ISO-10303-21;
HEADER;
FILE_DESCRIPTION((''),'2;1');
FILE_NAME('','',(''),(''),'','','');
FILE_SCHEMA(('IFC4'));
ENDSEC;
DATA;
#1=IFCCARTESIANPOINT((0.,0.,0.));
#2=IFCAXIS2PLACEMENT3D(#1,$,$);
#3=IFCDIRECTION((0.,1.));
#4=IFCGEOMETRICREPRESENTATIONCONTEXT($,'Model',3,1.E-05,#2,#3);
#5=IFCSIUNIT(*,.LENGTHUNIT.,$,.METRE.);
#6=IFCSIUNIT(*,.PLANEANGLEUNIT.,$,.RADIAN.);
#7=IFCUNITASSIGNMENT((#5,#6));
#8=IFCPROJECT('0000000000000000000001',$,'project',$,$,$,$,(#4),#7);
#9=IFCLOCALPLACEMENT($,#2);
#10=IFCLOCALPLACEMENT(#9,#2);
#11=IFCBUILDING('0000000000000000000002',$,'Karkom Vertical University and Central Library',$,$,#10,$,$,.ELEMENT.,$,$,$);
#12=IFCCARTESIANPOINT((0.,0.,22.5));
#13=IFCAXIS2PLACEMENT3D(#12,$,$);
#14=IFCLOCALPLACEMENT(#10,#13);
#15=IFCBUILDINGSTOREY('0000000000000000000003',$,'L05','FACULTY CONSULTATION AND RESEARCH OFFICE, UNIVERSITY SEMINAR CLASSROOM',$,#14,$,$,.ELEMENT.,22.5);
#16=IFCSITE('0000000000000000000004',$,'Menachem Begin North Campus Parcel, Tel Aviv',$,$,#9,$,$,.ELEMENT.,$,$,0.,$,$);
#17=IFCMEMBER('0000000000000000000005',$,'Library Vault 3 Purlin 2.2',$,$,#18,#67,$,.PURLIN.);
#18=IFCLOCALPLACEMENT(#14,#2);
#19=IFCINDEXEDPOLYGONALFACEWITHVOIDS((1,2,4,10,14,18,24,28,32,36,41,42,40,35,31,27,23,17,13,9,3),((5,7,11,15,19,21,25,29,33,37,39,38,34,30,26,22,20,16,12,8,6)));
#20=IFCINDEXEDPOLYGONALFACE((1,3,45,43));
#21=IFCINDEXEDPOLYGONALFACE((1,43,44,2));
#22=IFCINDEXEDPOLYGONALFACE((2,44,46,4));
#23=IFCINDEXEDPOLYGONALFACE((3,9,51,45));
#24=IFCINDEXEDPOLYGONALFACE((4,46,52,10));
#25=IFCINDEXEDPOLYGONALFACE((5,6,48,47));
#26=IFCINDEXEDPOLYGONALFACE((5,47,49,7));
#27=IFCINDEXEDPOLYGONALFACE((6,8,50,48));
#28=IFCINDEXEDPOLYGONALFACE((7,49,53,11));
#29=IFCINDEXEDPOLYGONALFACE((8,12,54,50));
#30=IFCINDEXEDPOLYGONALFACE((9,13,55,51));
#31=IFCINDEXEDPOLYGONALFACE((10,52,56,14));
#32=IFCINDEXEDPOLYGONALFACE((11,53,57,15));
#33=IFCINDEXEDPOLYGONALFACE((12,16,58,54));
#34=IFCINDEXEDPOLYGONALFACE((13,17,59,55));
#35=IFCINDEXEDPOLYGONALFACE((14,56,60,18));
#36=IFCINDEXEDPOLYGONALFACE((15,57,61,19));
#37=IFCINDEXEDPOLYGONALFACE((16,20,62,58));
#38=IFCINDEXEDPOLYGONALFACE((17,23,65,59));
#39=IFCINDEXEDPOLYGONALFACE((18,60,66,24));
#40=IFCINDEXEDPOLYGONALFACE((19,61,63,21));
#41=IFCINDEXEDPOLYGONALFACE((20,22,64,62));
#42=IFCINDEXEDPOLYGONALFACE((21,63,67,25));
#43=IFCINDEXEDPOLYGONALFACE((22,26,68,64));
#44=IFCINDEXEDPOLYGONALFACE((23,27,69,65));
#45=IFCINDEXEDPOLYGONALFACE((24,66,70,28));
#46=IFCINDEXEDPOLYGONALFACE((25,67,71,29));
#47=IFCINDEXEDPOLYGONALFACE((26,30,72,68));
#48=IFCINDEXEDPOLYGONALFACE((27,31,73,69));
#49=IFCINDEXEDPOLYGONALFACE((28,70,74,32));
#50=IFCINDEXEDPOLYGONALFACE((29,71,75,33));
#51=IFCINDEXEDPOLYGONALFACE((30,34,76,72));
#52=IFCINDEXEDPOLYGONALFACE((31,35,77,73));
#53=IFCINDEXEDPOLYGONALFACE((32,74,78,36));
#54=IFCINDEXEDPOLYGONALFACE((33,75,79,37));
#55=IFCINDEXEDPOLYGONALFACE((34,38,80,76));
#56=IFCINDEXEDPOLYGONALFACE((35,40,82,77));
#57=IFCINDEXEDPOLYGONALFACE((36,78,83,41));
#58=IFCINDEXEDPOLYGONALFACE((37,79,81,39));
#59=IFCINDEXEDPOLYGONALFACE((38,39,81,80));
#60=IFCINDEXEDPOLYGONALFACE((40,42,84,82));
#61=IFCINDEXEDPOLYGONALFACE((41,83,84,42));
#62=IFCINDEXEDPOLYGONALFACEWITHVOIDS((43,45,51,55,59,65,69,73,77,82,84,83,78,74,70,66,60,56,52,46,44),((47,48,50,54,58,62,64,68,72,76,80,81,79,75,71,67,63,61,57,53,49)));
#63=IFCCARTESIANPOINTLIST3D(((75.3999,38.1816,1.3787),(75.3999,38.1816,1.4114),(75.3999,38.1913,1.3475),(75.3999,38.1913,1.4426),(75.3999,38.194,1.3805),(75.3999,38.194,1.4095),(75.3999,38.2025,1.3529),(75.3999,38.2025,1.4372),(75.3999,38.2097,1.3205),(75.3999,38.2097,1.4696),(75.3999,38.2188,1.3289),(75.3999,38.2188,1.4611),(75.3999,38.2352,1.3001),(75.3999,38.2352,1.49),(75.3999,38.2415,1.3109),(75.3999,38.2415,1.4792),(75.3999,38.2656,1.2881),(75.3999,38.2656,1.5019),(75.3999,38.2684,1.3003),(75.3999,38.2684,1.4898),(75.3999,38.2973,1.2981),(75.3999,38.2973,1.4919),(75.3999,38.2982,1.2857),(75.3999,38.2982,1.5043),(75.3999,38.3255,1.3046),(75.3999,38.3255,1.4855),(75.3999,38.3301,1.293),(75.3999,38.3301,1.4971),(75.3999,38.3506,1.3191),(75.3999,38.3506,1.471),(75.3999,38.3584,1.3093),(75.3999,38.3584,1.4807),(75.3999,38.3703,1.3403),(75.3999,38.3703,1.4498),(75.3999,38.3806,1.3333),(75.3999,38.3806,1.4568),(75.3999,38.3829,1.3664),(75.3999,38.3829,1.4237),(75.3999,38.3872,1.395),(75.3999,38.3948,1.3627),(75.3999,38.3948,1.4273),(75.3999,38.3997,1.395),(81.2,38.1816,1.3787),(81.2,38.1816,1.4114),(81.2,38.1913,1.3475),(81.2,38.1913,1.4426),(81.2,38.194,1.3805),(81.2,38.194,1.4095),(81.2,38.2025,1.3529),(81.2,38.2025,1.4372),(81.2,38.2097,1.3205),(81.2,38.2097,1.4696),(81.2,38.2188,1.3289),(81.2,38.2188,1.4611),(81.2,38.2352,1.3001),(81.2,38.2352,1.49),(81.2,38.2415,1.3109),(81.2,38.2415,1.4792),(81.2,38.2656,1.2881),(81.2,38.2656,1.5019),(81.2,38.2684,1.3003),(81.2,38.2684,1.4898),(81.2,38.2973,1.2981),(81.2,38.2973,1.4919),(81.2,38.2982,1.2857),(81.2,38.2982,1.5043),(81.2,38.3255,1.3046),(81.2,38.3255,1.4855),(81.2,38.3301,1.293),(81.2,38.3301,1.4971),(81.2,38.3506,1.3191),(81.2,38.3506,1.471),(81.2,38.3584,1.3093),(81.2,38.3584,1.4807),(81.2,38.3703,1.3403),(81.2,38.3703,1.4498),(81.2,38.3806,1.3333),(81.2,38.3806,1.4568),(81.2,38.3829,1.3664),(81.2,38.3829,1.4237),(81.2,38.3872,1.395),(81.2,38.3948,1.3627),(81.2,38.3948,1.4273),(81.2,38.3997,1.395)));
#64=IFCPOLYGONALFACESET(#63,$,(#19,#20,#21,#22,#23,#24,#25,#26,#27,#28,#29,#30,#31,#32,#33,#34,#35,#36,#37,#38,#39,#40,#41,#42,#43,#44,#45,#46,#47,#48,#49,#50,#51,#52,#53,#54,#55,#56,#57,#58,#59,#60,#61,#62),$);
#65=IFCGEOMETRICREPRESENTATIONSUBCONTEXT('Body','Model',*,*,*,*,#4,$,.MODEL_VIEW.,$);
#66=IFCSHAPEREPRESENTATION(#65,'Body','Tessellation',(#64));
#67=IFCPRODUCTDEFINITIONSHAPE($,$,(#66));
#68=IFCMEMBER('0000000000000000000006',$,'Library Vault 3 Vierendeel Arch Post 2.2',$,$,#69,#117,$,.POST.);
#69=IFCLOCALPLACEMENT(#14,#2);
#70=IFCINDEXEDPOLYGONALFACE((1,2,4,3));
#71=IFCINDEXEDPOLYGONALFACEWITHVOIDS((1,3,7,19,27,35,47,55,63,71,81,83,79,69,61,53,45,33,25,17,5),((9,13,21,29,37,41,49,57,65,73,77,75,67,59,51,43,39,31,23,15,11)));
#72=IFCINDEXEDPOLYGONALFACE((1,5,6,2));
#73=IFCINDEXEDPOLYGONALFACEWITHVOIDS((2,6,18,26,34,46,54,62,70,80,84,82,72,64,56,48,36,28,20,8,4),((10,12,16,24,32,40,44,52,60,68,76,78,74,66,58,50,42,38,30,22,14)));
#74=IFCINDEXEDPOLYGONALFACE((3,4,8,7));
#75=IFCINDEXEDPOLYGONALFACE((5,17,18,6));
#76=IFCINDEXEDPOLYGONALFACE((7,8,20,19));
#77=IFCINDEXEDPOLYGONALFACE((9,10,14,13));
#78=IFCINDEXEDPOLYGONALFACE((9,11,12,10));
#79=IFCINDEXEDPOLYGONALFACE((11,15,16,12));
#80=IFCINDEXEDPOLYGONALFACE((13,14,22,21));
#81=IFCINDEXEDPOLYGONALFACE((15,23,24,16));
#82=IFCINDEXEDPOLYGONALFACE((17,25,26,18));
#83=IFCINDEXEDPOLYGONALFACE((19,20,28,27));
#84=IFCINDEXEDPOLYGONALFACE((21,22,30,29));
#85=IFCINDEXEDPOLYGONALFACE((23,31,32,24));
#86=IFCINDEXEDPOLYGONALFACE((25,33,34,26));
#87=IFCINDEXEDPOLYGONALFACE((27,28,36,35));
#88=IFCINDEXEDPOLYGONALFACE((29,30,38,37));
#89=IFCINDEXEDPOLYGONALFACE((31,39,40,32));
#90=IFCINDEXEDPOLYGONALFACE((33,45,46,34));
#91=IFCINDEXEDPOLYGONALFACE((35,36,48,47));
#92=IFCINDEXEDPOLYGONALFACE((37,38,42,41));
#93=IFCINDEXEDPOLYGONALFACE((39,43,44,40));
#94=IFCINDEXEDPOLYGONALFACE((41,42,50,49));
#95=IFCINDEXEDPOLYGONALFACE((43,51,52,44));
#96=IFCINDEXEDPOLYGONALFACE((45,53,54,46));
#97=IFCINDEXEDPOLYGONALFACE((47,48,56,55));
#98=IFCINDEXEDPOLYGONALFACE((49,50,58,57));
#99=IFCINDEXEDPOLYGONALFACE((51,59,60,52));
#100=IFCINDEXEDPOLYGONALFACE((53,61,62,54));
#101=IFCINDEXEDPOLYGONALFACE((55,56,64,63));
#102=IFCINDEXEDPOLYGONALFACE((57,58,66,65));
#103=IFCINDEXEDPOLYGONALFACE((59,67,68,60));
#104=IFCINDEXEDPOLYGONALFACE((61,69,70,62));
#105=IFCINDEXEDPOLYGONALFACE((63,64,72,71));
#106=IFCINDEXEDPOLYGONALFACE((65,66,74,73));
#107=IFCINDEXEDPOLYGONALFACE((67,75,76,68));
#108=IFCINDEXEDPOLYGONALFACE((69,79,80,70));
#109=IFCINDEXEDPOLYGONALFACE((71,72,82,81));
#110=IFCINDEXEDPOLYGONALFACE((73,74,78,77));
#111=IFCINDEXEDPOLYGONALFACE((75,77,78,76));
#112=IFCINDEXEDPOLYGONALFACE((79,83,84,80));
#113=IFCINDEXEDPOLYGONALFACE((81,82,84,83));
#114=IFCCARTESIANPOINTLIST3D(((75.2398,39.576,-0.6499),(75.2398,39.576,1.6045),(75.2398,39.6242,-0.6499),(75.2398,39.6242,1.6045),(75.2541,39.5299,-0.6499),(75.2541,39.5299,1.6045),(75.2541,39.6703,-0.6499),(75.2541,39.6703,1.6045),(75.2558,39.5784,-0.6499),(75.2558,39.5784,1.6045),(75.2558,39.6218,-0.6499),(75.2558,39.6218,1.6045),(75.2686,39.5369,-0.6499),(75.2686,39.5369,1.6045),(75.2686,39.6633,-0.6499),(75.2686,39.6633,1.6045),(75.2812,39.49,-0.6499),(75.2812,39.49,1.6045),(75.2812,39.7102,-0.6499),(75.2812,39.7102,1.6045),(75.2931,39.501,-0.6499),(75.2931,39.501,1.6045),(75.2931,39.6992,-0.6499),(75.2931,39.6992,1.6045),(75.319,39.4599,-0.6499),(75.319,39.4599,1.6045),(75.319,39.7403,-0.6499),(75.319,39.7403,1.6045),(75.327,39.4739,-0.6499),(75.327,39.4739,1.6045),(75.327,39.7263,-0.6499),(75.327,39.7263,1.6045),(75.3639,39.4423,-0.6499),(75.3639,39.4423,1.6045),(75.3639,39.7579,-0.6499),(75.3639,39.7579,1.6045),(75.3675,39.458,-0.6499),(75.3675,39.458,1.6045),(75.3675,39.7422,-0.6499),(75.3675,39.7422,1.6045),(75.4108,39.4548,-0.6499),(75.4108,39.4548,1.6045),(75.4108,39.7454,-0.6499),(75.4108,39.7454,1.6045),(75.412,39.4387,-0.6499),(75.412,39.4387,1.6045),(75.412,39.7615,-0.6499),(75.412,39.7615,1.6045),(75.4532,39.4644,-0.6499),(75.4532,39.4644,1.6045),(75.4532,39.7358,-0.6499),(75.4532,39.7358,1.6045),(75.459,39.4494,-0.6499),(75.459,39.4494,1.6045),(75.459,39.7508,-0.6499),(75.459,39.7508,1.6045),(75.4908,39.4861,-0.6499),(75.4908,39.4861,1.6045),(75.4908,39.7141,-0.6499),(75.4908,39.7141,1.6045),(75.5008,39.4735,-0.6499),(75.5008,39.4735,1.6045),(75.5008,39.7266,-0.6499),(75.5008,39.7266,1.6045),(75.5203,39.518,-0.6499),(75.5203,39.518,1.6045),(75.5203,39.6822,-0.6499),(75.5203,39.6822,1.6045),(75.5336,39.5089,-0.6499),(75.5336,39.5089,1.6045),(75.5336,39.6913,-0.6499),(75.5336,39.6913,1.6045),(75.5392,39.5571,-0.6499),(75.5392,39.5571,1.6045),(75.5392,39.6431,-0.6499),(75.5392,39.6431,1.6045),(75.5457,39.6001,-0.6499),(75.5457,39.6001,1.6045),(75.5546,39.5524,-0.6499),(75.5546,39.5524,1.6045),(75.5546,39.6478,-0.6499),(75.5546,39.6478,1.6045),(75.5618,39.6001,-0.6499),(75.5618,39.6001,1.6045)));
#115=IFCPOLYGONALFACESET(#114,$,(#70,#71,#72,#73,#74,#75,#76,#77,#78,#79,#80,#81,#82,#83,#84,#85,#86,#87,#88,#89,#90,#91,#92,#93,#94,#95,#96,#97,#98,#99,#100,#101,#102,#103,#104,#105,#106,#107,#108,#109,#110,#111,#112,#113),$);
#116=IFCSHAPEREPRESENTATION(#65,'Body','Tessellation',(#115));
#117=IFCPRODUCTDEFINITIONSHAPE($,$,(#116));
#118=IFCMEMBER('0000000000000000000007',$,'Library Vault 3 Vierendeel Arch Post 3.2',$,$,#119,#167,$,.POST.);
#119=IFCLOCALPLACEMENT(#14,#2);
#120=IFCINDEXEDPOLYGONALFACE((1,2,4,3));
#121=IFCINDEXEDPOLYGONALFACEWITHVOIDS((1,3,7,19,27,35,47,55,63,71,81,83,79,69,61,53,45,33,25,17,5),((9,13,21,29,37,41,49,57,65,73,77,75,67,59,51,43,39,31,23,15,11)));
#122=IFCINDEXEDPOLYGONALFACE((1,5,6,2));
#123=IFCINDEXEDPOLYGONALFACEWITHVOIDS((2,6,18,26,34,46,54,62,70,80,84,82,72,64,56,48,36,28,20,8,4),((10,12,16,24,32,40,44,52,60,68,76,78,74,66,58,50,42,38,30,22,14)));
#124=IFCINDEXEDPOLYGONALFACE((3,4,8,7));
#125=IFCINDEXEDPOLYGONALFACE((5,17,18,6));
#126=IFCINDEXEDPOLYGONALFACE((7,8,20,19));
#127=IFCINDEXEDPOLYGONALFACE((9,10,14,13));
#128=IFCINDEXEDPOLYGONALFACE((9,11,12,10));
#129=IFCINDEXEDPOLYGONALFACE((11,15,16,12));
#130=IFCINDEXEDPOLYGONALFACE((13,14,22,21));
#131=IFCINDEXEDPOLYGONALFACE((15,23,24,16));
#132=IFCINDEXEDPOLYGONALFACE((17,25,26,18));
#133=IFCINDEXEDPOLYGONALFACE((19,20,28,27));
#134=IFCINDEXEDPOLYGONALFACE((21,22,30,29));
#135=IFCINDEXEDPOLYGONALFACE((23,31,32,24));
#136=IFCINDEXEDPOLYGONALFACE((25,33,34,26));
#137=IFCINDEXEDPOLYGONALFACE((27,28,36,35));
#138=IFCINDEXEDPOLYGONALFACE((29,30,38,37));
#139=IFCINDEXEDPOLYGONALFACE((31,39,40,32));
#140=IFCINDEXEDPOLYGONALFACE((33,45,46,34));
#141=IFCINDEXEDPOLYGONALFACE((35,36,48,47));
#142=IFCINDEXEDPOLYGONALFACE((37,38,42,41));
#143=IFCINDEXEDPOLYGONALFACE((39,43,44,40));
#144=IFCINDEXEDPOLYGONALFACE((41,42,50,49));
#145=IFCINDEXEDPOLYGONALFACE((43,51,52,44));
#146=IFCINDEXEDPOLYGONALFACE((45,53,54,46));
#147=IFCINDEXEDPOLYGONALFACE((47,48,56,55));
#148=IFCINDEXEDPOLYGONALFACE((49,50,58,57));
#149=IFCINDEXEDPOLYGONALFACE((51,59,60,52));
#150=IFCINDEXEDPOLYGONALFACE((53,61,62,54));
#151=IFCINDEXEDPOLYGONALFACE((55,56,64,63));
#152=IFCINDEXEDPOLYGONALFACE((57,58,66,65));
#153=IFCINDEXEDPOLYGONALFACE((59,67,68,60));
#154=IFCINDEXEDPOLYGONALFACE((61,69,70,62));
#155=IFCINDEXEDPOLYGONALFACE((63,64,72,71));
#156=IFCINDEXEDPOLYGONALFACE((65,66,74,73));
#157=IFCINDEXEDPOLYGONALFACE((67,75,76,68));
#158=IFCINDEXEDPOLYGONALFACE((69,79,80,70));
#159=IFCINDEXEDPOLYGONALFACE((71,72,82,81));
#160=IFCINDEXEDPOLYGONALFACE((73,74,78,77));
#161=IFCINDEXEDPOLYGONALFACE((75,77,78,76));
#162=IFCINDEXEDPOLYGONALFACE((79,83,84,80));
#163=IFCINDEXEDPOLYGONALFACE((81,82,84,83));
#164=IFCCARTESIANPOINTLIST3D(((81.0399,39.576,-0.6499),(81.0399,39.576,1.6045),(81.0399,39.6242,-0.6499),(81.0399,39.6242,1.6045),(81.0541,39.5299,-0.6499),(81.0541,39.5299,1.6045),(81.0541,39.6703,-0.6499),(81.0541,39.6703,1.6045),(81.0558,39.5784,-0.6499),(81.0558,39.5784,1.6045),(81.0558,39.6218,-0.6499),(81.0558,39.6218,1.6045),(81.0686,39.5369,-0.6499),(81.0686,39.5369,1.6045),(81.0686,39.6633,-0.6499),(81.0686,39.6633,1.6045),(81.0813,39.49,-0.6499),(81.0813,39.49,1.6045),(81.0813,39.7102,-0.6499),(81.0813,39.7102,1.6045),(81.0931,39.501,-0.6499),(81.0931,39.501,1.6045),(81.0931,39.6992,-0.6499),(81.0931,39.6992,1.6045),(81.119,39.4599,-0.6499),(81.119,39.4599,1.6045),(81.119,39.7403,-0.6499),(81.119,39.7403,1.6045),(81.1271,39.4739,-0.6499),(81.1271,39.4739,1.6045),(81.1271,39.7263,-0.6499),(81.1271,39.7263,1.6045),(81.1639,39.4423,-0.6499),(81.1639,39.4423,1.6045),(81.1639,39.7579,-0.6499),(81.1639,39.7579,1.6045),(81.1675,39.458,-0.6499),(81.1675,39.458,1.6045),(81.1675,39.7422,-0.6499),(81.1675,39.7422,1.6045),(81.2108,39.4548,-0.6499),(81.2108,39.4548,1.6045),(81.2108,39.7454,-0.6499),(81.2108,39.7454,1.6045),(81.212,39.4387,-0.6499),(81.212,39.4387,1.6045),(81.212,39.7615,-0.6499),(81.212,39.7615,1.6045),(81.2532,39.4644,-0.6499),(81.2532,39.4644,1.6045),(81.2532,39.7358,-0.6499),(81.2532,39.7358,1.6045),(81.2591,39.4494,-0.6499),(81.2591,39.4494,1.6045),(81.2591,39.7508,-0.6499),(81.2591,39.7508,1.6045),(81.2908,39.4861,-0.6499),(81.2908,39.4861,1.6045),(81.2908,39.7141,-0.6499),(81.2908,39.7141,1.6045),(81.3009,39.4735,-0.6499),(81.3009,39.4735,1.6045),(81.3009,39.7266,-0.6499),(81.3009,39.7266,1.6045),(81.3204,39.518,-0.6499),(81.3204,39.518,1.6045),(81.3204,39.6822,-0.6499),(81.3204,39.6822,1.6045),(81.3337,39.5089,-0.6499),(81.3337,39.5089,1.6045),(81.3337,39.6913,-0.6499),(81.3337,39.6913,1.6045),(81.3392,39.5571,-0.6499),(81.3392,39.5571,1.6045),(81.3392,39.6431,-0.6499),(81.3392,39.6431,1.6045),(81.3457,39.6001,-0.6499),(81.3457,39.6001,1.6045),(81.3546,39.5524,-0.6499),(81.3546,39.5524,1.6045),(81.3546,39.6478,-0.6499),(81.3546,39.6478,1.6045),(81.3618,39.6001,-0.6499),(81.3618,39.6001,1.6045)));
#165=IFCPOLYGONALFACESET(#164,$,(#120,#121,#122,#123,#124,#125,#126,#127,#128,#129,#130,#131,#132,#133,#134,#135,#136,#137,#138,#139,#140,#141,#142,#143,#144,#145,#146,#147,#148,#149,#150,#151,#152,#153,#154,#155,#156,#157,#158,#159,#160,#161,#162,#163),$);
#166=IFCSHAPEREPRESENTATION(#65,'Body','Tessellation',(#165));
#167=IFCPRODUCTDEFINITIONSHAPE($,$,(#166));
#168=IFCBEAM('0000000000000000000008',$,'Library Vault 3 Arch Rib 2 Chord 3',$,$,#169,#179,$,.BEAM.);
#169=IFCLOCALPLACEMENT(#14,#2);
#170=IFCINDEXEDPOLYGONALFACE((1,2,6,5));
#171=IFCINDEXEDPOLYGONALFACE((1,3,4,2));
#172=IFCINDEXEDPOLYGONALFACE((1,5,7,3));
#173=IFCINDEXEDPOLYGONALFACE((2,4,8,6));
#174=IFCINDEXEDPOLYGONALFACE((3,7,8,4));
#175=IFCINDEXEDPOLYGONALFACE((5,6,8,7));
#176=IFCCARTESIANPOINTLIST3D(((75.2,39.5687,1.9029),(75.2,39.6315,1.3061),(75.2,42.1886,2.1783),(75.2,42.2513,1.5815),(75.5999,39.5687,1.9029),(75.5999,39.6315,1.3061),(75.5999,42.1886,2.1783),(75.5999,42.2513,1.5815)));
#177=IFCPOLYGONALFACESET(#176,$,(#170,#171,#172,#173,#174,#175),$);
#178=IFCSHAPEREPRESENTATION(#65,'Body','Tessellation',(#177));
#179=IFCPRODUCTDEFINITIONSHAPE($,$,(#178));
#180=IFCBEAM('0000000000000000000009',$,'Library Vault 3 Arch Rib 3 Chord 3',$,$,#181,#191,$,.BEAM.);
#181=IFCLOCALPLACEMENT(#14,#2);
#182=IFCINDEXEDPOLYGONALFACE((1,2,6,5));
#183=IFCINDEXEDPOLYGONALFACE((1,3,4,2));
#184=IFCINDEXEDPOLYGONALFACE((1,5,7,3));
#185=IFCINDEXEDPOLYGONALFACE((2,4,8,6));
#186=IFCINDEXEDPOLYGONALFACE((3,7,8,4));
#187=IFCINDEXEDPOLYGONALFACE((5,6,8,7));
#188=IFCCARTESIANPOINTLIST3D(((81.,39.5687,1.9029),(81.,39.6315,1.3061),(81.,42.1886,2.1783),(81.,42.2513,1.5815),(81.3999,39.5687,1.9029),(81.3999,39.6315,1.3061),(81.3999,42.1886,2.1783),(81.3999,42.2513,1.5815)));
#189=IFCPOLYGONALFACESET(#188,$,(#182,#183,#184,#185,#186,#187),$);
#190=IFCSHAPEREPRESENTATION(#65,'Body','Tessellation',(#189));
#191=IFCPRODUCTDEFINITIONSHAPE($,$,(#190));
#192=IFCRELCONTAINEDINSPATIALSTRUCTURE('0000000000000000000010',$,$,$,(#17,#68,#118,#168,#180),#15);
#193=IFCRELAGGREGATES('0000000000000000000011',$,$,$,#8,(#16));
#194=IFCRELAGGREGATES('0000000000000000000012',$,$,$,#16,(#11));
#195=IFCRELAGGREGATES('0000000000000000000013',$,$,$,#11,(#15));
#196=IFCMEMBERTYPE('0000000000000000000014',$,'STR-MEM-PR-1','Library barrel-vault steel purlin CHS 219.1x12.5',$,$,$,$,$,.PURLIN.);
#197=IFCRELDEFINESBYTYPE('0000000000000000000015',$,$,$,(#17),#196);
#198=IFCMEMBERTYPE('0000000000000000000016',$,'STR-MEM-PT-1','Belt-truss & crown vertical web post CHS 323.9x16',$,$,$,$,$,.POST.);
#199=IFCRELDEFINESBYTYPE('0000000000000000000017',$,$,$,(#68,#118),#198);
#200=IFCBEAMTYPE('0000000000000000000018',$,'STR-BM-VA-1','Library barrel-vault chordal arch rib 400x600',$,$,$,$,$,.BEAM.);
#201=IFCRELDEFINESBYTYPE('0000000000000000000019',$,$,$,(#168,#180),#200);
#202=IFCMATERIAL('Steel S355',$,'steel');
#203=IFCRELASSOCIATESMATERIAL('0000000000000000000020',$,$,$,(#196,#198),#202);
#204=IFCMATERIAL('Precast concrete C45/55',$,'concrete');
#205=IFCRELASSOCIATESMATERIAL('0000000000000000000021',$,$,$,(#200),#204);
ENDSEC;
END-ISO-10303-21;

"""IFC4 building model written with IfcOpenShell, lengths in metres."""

from ifc_helpers import new_model, si_unit, direction, frame, origin, origin_with_axes, origin_2d, place, context, subcontext, project, spatial, rectangle, hollow_circle, extrude, source, transform, mapped, material, material_profile, profile_set, type_object, element, save


model = new_model("IFC4")

# Units and contexts
model_context = context("Model", 3, precision=1e-05, world=origin(), true_north=direction((0.0, 1.0)))
body_context = subcontext(model_context, "Body", "Model", "MODEL_VIEW")
ifc_project = project(units=[si_unit("LENGTHUNIT", "METRE"), si_unit("PLANEANGLEUNIT", "RADIAN")], contexts=[model_context])

# Site, building, storey
site_placement = place(None, origin())
site = spatial("IfcSite", under=ifc_project, at=site_placement, Name="Menachem Begin North Campus Parcel, Tel Aviv", CompositionType="ELEMENT", RefElevation=0.0)
building_placement = place(site_placement, origin())
building = spatial("IfcBuilding", under=site, at=building_placement, Name="Karkom Vertical University and Central Library", CompositionType="ELEMENT")
storey_placement = place(building_placement, frame((0.0, 0.0, 22.5)))
storey = spatial("IfcBuildingStorey", under=building, at=storey_placement, Name="L05", Description="FACULTY CONSULTATION AND RESEARCH OFFICE, UNIVERSITY SEMINAR CLASSROOM", CompositionType="ELEMENT", Elevation=22.5)

# Members
ifc_material_1 = material(Name="Steel S355", Category="steel")
ifc_material_profile_1 = material_profile(ifc_material_1, hollow_circle(Radius=0.1096, WallThickness=0.0125, at=origin_2d()), Name="CHS 219.1x12.5")
ifc_profile_set_1 = profile_set([ifc_material_profile_1], Name="Steel S355")
member_type_1 = type_object("IfcMemberType", Name="STR-MEM-PR-1", Description="Library barrel-vault steel purlin CHS 219.1x12.5", PredefinedType="PURLIN", material=ifc_profile_set_1)
shared_shape_1 = source(origin_with_axes(), body_context, "Body", "SweptSolid", [
    extrude(hollow_circle(Radius=0.1096, WallThickness=0.0125, at=origin_2d()), origin(), (0.0, 0.0, 1.0), 5.8),
])
member_placement = place(storey_placement, frame((75.3999, 38.29, 1.395), z_axis=(1.0, 0.0, 0.0), x_axis=(0.0, 1.0, 0.0)))
element("IfcMember", 1, at=member_placement, inside=storey, type_object=member_type_1, Name="Library Vault 3 Purlin 2.2", PredefinedType="PURLIN", context=body_context, shape_type="MappedRepresentation", body=[
    mapped(shared_shape_1, transform((0.0, 0.0, 0.0), scale=1.0)),
])
ifc_material_profile_2 = material_profile(ifc_material_1, hollow_circle(Radius=0.1619, WallThickness=0.0161, at=origin_2d()), Name="CHS 323.9x16")
ifc_profile_set_2 = profile_set([ifc_material_profile_2], Name="Steel S355")
member_type_2 = type_object("IfcMemberType", Name="STR-MEM-PT-1", Description="Belt-truss & crown vertical web post CHS 323.9x16", PredefinedType="POST", material=ifc_profile_set_2)
shared_shape_2 = source(origin_with_axes(), body_context, "Body", "SweptSolid", [
    extrude(hollow_circle(Radius=0.1619, WallThickness=0.0161, at=origin_2d()), origin(), (0.0, 0.0, 1.0), 2.2544),
])
for number, where, z_axis, x_axis, name in (
    (2, (75.3999, 39.6001, -0.6499), (0.0, 0.0, 1.0), (1.0, 0.0, 0.0), "Library Vault 3 Vierendeel Arch Post 2.2"),
    (3, (81.2, 39.6001, -0.6499), (0.0, 0.0, 1.0), (1.0, 0.0, 0.0), "Library Vault 3 Vierendeel Arch Post 3.2"),
):
    element("IfcMember", number, at=place(storey_placement, frame(where, z_axis=z_axis, x_axis=x_axis)), inside=storey, type_object=member_type_2, Name=name, PredefinedType="POST", context=body_context, shape_type="MappedRepresentation", body=[
        mapped(shared_shape_2, transform((0.0, 0.0, 0.0), scale=1.0)),
    ])

# Beams
ifc_material_2 = material(Name="Precast concrete C45/55", Category="concrete")
ifc_material_profile_3 = material_profile(ifc_material_2, rectangle(XDim=0.3999, YDim=0.6001, at=origin_2d()), Name="RCB-400x600")
ifc_profile_set_3 = profile_set([ifc_material_profile_3], Name="Precast concrete C45/55")
beam_type = type_object("IfcBeamType", Name="STR-BM-VA-1", Description="Library barrel-vault chordal arch rib 400x600", PredefinedType="BEAM", material=ifc_profile_set_3)
shared_shape_3 = source(origin_with_axes(), body_context, "Body", "SweptSolid", [
    extrude(rectangle(XDim=0.3999, YDim=0.6001, at=origin_2d()), origin(), (0.0, 0.0, 1.0), 2.6343),
])
for number, where, z_axis, x_axis, name in (
    (4, (75.3999, 39.6001, 1.6045), (0.0, 0.994521, 0.10454), (-1.0, 0.0, 0.0), "Library Vault 3 Arch Rib 2 Chord 3"),
    (5, (81.2, 39.6001, 1.6045), (0.0, 0.994521, 0.10454), (-1.0, 0.0, 0.0), "Library Vault 3 Arch Rib 3 Chord 3"),
):
    element("IfcBeam", number, at=place(storey_placement, frame(where, z_axis=z_axis, x_axis=x_axis)), inside=storey, type_object=beam_type, Name=name, PredefinedType="BEAM", context=body_context, shape_type="MappedRepresentation", body=[
        mapped(shared_shape_3, transform((0.0, 0.0, 0.0), scale=1.0)),
    ])

save(model, "model.ifc")
